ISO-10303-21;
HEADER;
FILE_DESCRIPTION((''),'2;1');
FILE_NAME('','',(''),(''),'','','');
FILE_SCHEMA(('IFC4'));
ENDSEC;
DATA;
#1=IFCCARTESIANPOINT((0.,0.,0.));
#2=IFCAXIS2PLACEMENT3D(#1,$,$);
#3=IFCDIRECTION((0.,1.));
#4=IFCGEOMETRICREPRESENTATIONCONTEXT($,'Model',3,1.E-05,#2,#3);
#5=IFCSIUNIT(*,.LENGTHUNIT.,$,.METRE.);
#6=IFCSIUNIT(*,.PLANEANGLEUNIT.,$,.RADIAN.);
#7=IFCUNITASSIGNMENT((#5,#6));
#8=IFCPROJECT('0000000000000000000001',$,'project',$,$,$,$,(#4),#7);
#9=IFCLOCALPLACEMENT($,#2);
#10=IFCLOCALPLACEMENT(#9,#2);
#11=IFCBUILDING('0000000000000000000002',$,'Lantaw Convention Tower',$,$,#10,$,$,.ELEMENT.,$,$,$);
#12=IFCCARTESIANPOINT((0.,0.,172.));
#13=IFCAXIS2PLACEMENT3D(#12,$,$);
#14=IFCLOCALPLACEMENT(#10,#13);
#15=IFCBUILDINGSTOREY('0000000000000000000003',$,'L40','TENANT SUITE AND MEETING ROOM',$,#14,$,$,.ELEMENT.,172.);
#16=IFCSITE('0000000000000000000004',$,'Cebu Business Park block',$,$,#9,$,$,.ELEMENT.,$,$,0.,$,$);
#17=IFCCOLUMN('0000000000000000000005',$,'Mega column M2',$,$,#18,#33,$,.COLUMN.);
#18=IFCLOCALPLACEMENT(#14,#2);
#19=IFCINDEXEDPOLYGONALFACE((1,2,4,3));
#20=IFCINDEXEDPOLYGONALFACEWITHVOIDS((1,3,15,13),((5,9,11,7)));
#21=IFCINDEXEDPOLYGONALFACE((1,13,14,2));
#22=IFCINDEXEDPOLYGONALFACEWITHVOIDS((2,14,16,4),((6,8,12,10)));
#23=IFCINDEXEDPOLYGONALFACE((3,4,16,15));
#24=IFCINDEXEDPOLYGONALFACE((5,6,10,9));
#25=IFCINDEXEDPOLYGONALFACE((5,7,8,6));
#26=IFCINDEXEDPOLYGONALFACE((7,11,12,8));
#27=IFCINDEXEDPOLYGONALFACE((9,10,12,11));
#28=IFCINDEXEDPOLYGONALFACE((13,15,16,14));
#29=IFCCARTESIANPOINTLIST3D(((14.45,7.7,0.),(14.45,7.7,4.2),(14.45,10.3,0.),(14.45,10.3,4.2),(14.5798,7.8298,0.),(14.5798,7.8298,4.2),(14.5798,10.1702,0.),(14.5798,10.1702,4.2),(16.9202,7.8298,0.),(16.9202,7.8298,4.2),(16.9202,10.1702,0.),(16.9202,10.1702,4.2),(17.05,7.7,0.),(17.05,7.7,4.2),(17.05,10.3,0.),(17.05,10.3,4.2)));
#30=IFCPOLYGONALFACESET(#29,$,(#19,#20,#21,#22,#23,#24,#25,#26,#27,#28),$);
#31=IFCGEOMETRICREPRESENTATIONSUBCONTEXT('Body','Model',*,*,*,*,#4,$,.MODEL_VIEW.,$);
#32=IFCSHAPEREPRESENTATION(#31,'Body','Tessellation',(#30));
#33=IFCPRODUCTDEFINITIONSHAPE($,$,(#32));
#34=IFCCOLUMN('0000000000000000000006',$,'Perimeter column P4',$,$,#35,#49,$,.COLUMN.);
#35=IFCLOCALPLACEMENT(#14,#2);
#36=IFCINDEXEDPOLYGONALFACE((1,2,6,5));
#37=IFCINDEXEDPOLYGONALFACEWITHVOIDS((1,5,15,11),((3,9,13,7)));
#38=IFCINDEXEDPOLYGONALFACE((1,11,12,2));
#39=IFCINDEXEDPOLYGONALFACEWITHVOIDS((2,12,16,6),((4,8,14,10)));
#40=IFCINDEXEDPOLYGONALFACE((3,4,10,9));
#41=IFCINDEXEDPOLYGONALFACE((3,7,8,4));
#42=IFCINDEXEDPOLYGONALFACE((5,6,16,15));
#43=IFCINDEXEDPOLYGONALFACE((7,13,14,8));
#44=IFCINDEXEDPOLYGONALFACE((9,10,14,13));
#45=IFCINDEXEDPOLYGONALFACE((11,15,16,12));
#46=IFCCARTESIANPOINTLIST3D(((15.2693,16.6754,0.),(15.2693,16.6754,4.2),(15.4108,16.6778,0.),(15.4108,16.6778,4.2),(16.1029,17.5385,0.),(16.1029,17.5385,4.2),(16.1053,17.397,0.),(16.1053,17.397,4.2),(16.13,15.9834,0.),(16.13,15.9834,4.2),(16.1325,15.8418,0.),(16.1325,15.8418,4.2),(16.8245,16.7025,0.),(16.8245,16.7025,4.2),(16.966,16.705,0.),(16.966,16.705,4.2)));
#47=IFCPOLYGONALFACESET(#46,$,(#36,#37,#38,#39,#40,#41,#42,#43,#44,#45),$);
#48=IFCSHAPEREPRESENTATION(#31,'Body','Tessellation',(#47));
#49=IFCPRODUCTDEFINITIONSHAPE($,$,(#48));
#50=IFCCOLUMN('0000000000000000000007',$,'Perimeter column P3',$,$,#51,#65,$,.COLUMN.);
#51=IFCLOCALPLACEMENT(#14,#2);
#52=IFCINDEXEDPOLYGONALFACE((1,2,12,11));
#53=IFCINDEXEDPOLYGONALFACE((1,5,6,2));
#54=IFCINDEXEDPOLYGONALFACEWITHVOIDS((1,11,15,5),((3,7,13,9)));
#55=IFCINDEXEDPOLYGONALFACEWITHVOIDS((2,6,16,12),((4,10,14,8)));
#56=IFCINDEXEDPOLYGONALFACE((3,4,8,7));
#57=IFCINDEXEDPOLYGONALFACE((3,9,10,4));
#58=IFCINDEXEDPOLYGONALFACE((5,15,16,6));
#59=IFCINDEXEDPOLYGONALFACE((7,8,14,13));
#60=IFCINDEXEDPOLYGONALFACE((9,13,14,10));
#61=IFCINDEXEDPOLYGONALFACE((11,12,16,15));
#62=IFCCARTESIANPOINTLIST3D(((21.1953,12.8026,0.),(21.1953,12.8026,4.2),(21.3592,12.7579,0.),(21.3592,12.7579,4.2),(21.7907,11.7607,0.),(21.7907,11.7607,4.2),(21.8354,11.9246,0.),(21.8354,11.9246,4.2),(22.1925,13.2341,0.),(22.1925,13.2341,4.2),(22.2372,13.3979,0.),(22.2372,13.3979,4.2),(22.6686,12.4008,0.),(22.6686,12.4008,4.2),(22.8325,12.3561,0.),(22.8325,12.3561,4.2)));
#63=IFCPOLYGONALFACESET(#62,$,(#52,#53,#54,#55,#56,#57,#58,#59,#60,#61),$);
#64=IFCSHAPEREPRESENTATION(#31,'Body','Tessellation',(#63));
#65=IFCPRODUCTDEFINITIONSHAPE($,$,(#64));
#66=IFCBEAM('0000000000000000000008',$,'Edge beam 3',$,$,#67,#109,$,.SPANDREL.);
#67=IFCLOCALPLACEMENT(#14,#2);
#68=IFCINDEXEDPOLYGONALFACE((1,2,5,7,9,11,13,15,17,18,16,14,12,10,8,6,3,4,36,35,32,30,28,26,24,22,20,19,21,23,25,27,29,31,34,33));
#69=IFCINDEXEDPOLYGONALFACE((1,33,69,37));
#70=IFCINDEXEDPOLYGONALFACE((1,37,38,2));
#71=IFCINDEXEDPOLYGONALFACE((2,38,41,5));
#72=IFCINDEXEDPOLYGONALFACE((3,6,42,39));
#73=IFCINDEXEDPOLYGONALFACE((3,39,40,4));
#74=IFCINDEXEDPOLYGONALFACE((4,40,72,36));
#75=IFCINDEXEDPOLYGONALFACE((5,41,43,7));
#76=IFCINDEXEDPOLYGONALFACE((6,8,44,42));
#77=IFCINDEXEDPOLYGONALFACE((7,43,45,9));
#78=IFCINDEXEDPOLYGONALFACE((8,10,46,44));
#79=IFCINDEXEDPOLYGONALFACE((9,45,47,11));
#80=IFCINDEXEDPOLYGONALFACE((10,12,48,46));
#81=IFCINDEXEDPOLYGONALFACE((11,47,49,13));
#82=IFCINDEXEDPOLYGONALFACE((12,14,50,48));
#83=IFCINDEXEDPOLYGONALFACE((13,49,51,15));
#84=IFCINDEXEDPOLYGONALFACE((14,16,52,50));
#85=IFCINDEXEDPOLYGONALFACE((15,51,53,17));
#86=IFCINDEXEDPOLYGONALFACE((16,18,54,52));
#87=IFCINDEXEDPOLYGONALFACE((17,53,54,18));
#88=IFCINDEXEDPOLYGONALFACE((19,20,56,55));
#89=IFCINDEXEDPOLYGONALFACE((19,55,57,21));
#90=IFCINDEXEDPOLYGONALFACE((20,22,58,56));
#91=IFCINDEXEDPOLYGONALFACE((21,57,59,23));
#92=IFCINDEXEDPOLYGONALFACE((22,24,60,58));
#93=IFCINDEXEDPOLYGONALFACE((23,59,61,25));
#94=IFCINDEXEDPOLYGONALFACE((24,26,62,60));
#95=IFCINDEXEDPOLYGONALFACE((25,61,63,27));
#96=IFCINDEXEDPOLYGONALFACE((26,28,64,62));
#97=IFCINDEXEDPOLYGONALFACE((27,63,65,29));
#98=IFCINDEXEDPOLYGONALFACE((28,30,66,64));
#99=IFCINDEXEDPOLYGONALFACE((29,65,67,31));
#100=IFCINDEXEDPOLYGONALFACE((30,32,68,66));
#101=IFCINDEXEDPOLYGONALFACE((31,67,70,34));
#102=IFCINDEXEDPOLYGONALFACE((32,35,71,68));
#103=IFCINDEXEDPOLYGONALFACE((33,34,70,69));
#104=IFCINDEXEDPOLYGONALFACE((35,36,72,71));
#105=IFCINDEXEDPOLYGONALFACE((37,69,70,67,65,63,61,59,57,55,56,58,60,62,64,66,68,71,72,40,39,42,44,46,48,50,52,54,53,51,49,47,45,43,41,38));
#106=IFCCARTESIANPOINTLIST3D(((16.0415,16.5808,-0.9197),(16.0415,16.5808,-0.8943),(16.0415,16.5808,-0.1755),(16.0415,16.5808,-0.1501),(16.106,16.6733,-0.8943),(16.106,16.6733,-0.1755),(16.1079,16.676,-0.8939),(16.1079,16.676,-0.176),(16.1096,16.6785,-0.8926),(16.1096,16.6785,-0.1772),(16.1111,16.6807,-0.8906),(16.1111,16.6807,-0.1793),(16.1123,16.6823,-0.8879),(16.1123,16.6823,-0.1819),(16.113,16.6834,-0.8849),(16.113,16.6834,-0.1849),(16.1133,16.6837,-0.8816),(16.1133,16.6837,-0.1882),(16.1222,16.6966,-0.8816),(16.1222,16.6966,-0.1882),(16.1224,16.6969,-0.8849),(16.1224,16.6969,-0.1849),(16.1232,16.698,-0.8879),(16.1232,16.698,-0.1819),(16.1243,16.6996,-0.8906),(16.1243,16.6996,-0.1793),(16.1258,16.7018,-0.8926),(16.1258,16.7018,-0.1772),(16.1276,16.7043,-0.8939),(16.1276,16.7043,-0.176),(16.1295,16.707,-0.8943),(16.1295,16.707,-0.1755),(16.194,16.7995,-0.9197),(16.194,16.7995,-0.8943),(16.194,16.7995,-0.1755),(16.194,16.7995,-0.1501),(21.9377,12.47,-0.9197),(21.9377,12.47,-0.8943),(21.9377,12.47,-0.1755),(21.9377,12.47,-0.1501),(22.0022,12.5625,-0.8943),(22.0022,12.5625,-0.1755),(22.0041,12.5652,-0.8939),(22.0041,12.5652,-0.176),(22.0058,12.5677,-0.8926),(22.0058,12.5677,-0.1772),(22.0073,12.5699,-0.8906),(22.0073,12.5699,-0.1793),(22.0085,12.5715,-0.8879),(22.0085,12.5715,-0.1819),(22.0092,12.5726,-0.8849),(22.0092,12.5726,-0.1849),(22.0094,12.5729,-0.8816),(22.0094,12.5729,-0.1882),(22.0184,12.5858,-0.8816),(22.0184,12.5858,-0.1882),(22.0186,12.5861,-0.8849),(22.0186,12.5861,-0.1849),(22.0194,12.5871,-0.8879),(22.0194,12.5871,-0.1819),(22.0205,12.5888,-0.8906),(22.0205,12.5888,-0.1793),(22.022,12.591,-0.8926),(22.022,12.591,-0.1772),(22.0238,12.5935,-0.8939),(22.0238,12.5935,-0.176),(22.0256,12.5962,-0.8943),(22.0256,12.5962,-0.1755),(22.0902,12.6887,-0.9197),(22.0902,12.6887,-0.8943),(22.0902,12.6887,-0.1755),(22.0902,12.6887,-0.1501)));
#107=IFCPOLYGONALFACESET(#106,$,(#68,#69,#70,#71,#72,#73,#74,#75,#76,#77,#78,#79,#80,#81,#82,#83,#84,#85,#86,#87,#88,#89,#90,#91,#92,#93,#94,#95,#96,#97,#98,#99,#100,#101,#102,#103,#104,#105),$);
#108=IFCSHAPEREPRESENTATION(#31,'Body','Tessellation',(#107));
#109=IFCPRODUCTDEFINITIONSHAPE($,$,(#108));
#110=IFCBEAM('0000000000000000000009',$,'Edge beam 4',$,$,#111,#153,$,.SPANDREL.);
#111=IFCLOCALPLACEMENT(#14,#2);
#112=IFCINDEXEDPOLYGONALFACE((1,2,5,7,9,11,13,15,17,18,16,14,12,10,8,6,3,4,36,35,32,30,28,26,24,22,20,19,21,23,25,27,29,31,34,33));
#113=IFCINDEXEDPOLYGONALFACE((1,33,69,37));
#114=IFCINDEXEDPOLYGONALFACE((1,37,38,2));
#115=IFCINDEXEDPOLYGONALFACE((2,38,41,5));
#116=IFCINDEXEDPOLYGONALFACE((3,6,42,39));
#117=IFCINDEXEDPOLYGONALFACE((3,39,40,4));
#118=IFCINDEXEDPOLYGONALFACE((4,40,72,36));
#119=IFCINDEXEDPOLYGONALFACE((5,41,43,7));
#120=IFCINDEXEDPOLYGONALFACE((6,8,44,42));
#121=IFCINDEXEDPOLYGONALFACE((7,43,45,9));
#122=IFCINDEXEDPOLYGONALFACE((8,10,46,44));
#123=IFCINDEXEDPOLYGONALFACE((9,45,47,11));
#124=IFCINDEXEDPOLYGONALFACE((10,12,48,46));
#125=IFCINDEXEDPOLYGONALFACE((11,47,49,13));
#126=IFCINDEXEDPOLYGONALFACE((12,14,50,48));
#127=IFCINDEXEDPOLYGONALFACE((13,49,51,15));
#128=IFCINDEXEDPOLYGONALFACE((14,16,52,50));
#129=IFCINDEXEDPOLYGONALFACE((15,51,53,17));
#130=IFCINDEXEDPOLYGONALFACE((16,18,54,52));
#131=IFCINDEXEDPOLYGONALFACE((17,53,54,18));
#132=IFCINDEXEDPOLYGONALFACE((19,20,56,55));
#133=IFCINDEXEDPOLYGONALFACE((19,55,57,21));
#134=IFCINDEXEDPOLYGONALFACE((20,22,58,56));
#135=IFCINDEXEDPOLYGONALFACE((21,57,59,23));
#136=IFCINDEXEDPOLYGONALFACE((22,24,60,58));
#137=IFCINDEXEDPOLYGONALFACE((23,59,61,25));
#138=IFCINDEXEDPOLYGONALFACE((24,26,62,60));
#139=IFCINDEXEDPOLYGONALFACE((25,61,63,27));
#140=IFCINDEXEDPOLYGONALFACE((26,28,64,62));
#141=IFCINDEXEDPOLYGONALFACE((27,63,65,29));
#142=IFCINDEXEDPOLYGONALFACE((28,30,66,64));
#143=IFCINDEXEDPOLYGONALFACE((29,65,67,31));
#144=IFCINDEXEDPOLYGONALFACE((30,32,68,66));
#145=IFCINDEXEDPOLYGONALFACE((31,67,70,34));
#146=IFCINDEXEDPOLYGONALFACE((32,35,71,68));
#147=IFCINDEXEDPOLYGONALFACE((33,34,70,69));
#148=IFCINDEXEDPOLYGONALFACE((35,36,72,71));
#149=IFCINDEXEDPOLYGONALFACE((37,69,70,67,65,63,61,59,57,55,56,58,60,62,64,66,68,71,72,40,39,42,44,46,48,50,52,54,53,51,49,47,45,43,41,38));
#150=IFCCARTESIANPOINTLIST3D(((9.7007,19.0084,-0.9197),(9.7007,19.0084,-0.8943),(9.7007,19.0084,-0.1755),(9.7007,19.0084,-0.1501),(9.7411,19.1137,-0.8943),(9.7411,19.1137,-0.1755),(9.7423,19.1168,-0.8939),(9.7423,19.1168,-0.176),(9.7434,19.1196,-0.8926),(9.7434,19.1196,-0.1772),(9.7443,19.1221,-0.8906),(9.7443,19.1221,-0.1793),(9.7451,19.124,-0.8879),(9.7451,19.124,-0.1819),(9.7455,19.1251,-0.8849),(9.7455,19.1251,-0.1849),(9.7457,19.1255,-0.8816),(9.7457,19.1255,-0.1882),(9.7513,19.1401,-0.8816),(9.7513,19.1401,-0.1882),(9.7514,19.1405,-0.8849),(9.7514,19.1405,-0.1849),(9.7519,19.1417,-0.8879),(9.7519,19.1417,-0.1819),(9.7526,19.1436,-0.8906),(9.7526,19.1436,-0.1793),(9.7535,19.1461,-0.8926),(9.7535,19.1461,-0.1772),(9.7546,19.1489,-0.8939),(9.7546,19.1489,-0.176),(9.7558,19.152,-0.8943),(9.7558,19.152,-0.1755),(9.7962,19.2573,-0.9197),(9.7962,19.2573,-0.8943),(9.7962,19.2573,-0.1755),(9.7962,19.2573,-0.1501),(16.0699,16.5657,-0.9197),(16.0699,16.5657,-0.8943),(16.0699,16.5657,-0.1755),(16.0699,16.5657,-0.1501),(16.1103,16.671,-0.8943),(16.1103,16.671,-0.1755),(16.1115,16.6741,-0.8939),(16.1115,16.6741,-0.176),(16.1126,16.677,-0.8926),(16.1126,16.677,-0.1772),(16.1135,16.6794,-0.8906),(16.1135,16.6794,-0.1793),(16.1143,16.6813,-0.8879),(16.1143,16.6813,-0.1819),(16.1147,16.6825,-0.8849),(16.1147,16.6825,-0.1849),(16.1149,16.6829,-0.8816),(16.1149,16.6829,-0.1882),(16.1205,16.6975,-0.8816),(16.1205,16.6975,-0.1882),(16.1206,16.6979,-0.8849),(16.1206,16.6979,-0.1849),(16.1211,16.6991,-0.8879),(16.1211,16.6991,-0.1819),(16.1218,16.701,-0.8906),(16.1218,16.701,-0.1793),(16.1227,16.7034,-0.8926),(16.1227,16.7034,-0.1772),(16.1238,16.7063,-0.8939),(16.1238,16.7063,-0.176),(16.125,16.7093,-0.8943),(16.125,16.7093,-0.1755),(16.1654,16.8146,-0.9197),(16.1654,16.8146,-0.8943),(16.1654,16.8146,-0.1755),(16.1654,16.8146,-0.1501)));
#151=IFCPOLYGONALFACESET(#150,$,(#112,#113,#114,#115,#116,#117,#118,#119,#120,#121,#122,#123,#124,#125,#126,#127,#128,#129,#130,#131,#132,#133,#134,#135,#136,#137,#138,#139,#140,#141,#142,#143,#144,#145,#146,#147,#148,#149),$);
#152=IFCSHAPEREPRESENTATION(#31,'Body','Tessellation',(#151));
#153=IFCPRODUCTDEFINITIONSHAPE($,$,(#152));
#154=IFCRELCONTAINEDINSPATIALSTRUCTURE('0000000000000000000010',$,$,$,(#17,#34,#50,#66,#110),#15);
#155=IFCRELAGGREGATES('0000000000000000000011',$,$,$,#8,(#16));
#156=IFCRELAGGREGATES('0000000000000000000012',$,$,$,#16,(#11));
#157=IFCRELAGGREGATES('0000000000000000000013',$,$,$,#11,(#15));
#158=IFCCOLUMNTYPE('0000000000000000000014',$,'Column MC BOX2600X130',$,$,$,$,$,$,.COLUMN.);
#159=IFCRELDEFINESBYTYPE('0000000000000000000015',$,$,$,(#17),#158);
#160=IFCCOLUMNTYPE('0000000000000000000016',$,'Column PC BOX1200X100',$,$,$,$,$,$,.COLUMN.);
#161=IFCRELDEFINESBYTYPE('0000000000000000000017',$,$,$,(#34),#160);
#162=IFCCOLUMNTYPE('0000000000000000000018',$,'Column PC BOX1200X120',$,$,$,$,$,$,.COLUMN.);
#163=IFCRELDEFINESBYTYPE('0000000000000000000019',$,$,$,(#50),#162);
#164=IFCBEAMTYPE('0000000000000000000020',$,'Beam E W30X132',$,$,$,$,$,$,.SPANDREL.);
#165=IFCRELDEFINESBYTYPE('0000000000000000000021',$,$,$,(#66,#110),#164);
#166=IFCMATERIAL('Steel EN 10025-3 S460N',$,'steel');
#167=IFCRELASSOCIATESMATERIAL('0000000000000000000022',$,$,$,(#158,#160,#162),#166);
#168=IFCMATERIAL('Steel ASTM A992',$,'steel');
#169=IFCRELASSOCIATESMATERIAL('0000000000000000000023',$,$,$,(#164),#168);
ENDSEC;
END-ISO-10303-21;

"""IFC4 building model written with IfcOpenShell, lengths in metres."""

from ifc_helpers import new_model, si_unit, direction, frame, origin, origin_2d, place, context, subcontext, project, spatial, rectangle, hollow_rectangle, i_section, extrude, material, material_profile, profile_set, type_object, element, save


model = new_model("IFC4")

# Units and contexts
model_context = context("Model", 3, precision=1e-05, world=origin(), true_north=direction((0.0, 1.0)))
body_context = subcontext(model_context, "Body", "Model", "MODEL_VIEW")
ifc_project = project(units=[si_unit("LENGTHUNIT", "METRE"), si_unit("PLANEANGLEUNIT", "RADIAN")], contexts=[model_context])

# Site, building, storey
site_placement = place(None, origin())
site = spatial("IfcSite", under=ifc_project, at=site_placement, Name="Cebu Business Park block", CompositionType="ELEMENT", RefElevation=0.0)
building_placement = place(site_placement, origin())
building = spatial("IfcBuilding", under=site, at=building_placement, Name="Lantaw Convention Tower", CompositionType="ELEMENT")
storey_placement = place(building_placement, frame((0.0, 0.0, 172.0)))
storey = spatial("IfcBuildingStorey", under=building, at=storey_placement, Name="L40", Description="TENANT SUITE AND MEETING ROOM", CompositionType="ELEMENT", Elevation=172.0)

# Columns
ifc_material_1 = material(Name="Steel EN 10025-3 S460N", Category="steel")
ifc_material_profile_1 = material_profile(ifc_material_1, hollow_rectangle(XDim=2.6001, YDim=2.6001, WallThickness=0.1299, at=origin_2d()), Name="BOX2600X130")
ifc_material_2 = material(Name="Concrete C60/75", Category="concrete")
ifc_material_profile_2 = material_profile(ifc_material_2, rectangle(XDim=2.3401, YDim=2.3401, at=origin_2d()), Name="Concrete fill of BOX2600X130")
ifc_profile_set_1 = profile_set([ifc_material_profile_1, ifc_material_profile_2], Name="Steel EN 10025-3 S460N")
column_type_1 = type_object("IfcColumnType", Name="Column MC BOX2600X130", PredefinedType="COLUMN", material=ifc_profile_set_1)
column_1_placement = place(storey_placement, frame((15.75, 9.0, 0.0), z_axis=(0.0, 0.0, 1.0), x_axis=(1.0, 0.0, 0.0)))
element("IfcColumn", 1, at=column_1_placement, inside=storey, type_object=column_type_1, Name="Mega column M2", PredefinedType="COLUMN", context=body_context, shape_type="SweptSolid", body=[
    extrude(hollow_rectangle(XDim=2.6001, YDim=2.6001, WallThickness=0.1299, at=origin_2d()), origin(), (0.0, 0.0, 1.0), 4.2),
])
ifc_material_profile_3 = material_profile(ifc_material_1, hollow_rectangle(XDim=1.2, YDim=1.2, WallThickness=0.1001, at=origin_2d()), Name="BOX1200X100")
ifc_material_profile_4 = material_profile(ifc_material_2, rectangle(XDim=1.0, YDim=1.0, at=origin_2d()), Name="Concrete fill of BOX1200X100")
ifc_profile_set_2 = profile_set([ifc_material_profile_3, ifc_material_profile_4], Name="Steel EN 10025-3 S460N")
column_type_2 = type_object("IfcColumnType", Name="Column PC BOX1200X100", PredefinedType="COLUMN", material=ifc_profile_set_2)
column_2_placement = place(storey_placement, frame((16.1177, 16.6902, 0.0), z_axis=(0.0, 0.0, 1.0), x_axis=(0.694658, 0.71934, 0.0)))
element("IfcColumn", 2, at=column_2_placement, inside=storey, type_object=column_type_2, Name="Perimeter column P4", PredefinedType="COLUMN", context=body_context, shape_type="SweptSolid", body=[
    extrude(hollow_rectangle(XDim=1.2, YDim=1.2, WallThickness=0.1001, at=origin_2d()), origin(), (0.0, 0.0, 1.0), 4.2),
])
ifc_material_profile_5 = material_profile(ifc_material_1, hollow_rectangle(XDim=1.2, YDim=1.2, WallThickness=0.1201, at=origin_2d()), Name="BOX1200X120")
ifc_material_profile_6 = material_profile(ifc_material_2, rectangle(XDim=0.96, YDim=0.96, at=origin_2d()), Name="Concrete fill of BOX1200X120")
ifc_profile_set_3 = profile_set([ifc_material_profile_5, ifc_material_profile_6], Name="Steel EN 10025-3 S460N")
column_type_3 = type_object("IfcColumnType", Name="Column PC BOX1200X120", PredefinedType="COLUMN", material=ifc_profile_set_3)
column_3_placement = place(storey_placement, frame((22.0139, 12.5793, 0.0), z_axis=(0.0, 0.0, 1.0), x_axis=(0.868243, 0.496139, 0.0)))
element("IfcColumn", 3, at=column_3_placement, inside=storey, type_object=column_type_3, Name="Perimeter column P3", PredefinedType="COLUMN", context=body_context, shape_type="SweptSolid", body=[
    extrude(hollow_rectangle(XDim=1.2, YDim=1.2, WallThickness=0.1201, at=origin_2d()), origin(), (0.0, 0.0, 1.0), 4.2),
])

# Beams
ifc_material_3 = material(Name="Steel ASTM A992", Category="steel")
ifc_material_profile_7 = material_profile(ifc_material_3, i_section(OverallWidth=0.2666, OverallDepth=0.7695, WebThickness=0.0156, FlangeThickness=0.0254, FilletRadius=0.0127, at=origin_2d()), Name="W30X132")
ifc_profile_set_4 = profile_set([ifc_material_profile_7], Name="Steel ASTM A992")
beam_type_1 = type_object("IfcBeamType", Name="Beam E W30X132", PredefinedType="SPANDREL", material=ifc_profile_set_4)
beam_1_placement = place(storey_placement, frame((22.0139, 12.5793, -0.5349), z_axis=(-0.820311, 0.571918, 0.0), x_axis=(-0.571918, -0.820311, 0.0)))
element("IfcBeam", 4, at=beam_1_placement, inside=storey, type_object=beam_type_1, Name="Edge beam 3", PredefinedType="SPANDREL", context=body_context, shape_type="SweptSolid", body=[
    extrude(i_section(OverallWidth=0.2666, OverallDepth=0.7695, WebThickness=0.0156, FlangeThickness=0.0254, FilletRadius=0.0127, at=origin_2d()), origin(), (0.0, 0.0, 1.0), 7.1877),
])
beam_2_placement = place(storey_placement, frame((16.1177, 16.6902, -0.5349), z_axis=(-0.933691, 0.35808, 0.0), x_axis=(-0.35808, -0.933691, 0.0)))
element("IfcBeam", 5, at=beam_2_placement, inside=storey, type_object=beam_type_1, Name="Edge beam 4", PredefinedType="SPANDREL", context=body_context, shape_type="SweptSolid", body=[
    extrude(i_section(OverallWidth=0.2666, OverallDepth=0.7695, WebThickness=0.0156, FlangeThickness=0.0254, FilletRadius=0.0127, at=origin_2d()), origin(), (0.0, 0.0, 1.0), 6.8215),
])

save(model, "model.ifc")
